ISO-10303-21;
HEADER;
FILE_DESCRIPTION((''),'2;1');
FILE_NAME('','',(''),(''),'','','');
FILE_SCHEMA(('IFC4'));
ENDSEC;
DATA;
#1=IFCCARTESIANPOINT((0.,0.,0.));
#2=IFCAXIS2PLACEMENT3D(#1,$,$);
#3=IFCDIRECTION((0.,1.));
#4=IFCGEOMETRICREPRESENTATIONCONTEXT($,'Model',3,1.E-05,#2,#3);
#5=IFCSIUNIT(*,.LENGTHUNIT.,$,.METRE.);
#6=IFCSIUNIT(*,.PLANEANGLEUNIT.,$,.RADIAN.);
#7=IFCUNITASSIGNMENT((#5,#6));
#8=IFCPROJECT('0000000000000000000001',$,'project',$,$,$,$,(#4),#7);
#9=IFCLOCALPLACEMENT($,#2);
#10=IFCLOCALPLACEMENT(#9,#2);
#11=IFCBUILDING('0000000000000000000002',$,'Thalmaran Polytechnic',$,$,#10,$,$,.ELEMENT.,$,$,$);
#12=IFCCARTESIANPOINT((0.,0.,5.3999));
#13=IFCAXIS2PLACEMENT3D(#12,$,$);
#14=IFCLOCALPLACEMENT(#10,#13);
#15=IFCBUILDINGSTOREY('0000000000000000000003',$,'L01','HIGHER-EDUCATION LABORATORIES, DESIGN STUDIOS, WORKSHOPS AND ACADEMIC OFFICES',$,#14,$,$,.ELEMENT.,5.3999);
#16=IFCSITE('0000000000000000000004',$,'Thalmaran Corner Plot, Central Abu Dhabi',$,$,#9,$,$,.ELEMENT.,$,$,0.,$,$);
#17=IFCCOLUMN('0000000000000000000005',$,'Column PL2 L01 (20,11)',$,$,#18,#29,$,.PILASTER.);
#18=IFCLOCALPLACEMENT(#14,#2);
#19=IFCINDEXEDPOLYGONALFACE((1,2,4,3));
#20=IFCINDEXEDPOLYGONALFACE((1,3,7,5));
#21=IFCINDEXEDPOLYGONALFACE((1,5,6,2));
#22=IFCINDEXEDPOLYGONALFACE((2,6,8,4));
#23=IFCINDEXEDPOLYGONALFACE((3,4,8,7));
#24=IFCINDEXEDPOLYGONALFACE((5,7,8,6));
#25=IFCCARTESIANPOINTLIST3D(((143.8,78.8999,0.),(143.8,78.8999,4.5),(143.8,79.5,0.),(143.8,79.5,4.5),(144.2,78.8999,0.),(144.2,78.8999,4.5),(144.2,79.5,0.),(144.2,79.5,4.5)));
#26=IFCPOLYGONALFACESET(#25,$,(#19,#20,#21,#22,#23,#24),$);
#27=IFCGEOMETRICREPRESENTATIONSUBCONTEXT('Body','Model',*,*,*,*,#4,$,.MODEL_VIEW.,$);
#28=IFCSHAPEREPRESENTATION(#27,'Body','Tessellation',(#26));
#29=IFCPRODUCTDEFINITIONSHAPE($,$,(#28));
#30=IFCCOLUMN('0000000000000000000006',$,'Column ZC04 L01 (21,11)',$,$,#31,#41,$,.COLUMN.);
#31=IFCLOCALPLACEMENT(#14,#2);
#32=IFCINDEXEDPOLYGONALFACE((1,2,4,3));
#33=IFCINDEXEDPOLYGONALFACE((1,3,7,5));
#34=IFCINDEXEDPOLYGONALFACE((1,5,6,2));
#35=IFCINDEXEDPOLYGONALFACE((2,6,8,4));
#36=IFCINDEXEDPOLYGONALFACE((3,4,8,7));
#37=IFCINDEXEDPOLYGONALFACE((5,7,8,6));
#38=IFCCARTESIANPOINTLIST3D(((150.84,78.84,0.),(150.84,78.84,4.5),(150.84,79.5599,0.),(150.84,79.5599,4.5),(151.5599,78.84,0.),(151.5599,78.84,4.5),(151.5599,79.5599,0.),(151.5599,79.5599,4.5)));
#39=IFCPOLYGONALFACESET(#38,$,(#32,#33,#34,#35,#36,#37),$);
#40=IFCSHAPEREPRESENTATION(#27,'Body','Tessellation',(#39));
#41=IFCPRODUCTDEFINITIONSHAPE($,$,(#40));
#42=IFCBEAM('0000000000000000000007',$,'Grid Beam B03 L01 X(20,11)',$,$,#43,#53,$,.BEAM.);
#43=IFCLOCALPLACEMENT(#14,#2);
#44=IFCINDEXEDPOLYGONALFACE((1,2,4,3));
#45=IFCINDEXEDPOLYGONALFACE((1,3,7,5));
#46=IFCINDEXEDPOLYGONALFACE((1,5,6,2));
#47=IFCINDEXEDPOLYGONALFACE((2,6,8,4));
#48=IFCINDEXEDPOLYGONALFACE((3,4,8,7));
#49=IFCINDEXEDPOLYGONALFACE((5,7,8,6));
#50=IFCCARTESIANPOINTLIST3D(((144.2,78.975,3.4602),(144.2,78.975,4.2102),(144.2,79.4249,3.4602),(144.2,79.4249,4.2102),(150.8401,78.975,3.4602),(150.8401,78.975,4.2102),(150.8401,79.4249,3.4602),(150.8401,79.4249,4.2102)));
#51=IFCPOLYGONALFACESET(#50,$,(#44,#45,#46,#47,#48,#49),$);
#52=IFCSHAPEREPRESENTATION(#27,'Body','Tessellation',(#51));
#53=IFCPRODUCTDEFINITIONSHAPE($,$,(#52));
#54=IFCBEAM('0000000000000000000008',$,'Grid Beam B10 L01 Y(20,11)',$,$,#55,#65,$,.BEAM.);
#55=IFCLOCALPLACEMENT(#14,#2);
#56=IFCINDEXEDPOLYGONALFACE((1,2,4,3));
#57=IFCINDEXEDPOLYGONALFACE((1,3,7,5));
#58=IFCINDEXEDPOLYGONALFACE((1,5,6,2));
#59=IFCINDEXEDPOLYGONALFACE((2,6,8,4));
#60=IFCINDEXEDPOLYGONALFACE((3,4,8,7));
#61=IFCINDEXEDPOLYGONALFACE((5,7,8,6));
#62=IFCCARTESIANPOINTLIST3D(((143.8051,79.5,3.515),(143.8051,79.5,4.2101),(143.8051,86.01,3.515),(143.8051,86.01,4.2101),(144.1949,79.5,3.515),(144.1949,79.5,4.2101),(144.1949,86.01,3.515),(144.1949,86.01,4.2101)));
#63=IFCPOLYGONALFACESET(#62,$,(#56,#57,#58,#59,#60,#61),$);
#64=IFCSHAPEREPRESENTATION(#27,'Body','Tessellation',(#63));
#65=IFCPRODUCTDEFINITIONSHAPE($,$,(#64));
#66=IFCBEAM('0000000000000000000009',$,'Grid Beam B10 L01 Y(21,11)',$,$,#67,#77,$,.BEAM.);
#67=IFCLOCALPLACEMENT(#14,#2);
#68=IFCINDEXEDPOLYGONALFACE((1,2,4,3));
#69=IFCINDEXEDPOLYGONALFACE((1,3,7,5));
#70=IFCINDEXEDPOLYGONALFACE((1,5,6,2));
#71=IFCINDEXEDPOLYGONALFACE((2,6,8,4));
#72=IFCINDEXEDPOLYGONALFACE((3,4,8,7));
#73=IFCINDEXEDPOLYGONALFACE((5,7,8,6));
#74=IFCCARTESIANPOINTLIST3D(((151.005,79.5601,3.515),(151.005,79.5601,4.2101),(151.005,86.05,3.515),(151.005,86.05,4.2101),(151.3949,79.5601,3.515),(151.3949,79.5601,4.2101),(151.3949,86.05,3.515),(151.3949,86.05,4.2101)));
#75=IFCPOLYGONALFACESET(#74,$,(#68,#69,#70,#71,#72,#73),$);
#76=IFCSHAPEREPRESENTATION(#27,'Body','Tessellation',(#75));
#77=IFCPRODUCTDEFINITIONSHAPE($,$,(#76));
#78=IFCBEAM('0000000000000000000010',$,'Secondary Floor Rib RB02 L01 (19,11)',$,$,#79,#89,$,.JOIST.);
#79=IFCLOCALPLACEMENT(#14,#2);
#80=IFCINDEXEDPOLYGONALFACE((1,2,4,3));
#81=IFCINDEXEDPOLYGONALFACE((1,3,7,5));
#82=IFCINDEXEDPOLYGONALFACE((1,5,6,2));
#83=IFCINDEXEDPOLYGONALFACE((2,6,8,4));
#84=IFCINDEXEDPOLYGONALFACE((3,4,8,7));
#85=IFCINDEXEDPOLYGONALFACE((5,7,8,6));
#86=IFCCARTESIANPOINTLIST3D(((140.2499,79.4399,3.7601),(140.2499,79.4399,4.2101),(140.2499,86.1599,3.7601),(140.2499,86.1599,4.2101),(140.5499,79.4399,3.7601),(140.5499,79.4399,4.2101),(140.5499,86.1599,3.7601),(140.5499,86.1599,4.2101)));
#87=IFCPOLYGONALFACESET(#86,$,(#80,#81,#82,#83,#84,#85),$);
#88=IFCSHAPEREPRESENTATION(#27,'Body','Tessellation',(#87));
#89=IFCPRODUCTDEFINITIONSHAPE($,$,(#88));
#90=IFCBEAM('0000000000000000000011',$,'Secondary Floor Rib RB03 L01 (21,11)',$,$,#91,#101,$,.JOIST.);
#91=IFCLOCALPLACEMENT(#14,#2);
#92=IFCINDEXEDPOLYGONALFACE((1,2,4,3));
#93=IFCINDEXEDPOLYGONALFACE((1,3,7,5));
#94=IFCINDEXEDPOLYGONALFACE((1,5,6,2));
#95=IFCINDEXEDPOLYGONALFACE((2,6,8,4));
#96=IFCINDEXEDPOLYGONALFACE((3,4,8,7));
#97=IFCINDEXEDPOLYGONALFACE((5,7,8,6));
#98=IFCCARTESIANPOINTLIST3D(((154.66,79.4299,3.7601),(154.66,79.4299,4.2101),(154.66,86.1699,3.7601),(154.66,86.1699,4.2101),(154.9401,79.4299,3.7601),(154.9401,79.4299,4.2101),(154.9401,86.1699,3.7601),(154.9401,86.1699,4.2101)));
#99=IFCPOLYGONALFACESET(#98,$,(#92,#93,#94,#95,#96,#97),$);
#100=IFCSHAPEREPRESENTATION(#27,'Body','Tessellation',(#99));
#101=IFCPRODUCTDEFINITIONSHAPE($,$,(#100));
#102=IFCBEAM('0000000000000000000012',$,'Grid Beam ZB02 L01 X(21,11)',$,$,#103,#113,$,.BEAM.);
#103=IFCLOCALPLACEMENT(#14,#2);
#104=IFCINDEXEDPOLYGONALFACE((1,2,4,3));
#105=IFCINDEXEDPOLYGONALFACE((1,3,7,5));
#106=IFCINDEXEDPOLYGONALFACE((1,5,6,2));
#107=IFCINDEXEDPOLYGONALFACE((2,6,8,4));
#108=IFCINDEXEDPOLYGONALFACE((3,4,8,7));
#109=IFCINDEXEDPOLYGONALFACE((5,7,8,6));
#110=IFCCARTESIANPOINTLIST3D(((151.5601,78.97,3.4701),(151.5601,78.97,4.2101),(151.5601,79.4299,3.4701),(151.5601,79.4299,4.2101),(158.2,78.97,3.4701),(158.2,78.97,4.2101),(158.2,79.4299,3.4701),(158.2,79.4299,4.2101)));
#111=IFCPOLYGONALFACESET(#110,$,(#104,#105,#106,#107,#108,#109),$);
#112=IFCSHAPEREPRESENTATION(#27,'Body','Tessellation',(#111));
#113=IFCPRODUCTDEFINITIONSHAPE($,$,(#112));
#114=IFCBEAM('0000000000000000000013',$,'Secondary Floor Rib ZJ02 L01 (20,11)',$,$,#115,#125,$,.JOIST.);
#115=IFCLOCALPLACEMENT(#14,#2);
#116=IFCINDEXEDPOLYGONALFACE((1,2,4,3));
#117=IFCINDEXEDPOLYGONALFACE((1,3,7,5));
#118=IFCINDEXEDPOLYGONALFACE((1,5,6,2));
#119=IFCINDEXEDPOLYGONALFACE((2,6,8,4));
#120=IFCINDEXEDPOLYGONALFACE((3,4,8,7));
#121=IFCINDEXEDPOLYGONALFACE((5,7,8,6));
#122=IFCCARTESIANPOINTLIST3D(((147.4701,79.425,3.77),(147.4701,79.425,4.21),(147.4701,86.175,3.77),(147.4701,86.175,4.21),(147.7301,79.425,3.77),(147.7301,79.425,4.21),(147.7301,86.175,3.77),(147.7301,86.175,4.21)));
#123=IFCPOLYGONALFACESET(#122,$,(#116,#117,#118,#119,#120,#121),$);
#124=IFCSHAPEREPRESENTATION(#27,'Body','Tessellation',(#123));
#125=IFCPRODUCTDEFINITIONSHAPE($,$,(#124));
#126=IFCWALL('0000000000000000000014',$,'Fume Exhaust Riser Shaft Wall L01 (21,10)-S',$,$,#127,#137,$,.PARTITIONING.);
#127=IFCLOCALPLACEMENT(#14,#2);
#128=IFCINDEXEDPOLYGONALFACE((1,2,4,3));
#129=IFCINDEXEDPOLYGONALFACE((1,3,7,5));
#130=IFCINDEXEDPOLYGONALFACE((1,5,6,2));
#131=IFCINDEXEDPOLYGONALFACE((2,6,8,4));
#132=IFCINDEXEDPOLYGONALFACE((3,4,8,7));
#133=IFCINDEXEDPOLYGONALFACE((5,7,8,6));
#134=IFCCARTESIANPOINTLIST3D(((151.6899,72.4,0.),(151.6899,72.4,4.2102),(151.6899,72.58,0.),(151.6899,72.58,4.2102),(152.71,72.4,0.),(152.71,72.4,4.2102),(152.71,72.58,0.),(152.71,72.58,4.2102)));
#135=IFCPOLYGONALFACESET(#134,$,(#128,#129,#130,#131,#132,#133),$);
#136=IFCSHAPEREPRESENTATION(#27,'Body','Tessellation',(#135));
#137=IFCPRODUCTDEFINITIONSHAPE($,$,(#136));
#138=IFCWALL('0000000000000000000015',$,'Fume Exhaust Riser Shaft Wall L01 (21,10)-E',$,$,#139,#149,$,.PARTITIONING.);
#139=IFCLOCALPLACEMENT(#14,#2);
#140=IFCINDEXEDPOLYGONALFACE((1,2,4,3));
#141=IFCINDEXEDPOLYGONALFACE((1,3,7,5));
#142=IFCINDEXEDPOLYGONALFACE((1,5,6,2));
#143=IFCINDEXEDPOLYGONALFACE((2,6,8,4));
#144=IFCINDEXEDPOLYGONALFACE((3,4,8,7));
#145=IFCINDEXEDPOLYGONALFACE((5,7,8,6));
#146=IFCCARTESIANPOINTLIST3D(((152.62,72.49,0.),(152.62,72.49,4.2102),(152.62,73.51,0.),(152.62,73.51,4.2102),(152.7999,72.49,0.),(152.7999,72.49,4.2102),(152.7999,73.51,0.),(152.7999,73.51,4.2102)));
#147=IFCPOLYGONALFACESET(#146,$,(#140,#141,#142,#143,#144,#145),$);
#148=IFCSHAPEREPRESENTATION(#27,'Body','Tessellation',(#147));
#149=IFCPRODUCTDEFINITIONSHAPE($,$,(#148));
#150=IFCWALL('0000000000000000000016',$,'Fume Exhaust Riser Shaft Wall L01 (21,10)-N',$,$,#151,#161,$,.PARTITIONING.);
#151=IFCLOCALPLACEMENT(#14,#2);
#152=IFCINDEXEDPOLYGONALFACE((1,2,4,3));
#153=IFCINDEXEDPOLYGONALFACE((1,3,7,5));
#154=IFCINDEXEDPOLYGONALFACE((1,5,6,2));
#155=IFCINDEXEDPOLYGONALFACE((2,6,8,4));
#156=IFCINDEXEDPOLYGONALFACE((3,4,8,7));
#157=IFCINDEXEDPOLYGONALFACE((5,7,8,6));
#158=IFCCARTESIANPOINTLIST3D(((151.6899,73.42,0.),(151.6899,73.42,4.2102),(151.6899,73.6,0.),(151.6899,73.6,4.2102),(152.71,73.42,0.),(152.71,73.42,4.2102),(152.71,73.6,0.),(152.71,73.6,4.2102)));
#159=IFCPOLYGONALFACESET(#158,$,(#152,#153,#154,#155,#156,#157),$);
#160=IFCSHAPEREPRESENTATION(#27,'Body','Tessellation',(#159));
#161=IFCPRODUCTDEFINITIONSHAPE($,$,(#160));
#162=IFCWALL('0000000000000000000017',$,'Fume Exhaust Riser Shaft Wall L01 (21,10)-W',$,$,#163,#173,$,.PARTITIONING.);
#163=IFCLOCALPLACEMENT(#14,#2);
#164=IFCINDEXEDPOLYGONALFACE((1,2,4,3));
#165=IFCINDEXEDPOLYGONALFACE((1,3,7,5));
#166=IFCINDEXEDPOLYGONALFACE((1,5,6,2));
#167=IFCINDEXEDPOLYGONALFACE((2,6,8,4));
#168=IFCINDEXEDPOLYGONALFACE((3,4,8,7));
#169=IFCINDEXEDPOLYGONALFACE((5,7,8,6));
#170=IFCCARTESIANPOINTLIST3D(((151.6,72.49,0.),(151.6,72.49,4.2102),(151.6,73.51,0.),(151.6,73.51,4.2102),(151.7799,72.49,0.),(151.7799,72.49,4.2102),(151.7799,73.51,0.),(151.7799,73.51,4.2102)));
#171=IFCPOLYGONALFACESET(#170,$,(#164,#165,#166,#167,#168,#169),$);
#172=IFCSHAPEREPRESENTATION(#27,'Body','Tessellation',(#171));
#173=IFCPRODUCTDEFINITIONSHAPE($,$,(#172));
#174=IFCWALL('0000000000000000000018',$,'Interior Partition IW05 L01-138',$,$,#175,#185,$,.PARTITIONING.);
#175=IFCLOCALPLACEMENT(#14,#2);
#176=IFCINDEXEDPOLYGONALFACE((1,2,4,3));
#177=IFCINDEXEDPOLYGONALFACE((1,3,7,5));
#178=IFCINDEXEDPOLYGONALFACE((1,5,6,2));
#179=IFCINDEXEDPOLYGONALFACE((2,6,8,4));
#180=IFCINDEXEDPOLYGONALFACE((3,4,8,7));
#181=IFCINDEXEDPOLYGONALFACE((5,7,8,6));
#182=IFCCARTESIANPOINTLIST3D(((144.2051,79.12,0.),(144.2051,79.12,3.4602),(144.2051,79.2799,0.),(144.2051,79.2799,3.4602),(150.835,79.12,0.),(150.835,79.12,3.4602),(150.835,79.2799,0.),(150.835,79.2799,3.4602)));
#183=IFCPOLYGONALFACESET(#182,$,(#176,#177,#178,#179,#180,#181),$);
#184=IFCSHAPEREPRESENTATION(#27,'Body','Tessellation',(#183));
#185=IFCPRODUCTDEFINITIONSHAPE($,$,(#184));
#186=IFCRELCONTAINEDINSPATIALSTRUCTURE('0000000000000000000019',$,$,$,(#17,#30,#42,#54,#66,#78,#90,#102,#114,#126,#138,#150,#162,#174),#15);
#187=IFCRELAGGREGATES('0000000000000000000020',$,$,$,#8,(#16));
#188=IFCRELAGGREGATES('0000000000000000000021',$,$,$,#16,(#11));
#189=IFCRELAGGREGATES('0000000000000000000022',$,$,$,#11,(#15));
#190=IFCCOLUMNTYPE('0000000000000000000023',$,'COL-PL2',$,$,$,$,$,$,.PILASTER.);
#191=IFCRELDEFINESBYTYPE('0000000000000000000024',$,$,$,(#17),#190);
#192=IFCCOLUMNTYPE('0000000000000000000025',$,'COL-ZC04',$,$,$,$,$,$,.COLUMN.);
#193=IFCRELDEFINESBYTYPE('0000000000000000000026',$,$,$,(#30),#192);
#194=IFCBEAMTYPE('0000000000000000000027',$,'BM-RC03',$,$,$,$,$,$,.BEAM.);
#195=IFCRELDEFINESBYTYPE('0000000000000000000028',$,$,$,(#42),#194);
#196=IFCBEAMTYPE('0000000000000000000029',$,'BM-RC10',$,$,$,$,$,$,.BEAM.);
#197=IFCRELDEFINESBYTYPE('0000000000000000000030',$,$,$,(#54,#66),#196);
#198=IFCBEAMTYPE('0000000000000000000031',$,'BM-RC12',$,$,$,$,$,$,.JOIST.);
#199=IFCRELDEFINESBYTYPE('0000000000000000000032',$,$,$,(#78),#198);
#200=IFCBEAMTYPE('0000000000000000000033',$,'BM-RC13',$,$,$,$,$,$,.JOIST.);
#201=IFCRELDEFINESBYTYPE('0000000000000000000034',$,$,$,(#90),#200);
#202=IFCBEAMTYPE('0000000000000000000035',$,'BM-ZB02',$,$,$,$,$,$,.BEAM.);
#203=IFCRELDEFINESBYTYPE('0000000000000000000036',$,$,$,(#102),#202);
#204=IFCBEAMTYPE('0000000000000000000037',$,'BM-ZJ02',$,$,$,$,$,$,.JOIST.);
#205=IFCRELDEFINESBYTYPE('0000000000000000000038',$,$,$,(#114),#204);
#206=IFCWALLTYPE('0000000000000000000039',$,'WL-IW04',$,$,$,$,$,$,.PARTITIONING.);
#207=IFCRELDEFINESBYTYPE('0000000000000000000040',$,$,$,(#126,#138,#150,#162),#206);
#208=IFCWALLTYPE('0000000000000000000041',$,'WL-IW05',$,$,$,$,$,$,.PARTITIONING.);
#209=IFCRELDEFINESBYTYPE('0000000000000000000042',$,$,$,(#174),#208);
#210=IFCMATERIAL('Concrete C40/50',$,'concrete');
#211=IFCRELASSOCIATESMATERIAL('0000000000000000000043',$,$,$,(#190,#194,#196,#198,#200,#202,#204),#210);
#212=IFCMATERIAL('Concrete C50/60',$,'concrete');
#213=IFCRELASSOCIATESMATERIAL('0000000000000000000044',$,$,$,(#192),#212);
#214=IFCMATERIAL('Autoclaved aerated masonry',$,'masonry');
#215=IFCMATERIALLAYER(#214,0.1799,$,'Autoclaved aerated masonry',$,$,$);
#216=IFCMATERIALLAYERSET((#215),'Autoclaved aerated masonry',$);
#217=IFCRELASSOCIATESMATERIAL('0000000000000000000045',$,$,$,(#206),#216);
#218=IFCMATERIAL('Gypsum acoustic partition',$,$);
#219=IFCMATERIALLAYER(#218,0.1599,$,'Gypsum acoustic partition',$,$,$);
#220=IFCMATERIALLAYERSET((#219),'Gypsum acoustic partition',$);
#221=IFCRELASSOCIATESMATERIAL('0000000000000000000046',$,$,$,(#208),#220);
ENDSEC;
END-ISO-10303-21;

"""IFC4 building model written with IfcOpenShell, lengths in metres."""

from ifc_helpers import new_model, si_unit, direction, frame, frame_2d, origin, origin_2d, place, context, subcontext, project, spatial, rectangle, extrude, material, layer, layer_set, material_profile, profile_set, type_object, element, save


model = new_model("IFC4")

# Units and contexts
model_context = context("Model", 3, precision=1e-05, world=origin(), true_north=direction((0.0, 1.0)))
body_context = subcontext(model_context, "Body", "Model", "MODEL_VIEW")
ifc_project = project(units=[si_unit("LENGTHUNIT", "METRE"), si_unit("PLANEANGLEUNIT", "RADIAN")], contexts=[model_context])

# Site, building, storey
site_placement = place(None, origin())
site = spatial("IfcSite", under=ifc_project, at=site_placement, Name="Thalmaran Corner Plot, Central Abu Dhabi", CompositionType="ELEMENT", RefElevation=0.0)
building_placement = place(site_placement, origin())
building = spatial("IfcBuilding", under=site, at=building_placement, Name="Thalmaran Polytechnic", CompositionType="ELEMENT")
storey_placement = place(building_placement, frame((0.0, 0.0, 5.3999)))
storey = spatial("IfcBuildingStorey", under=building, at=storey_placement, Name="L01", Description="HIGHER-EDUCATION LABORATORIES, DESIGN STUDIOS, WORKSHOPS AND ACADEMIC OFFICES", CompositionType="ELEMENT", Elevation=5.3999)

# Columns
ifc_material_1 = material(Name="Concrete C40/50", Category="concrete")
ifc_material_profile_1 = material_profile(ifc_material_1, rectangle(XDim=0.3999, YDim=0.6001, at=origin_2d()), Name="RC 400x600")
ifc_profile_set_1 = profile_set([ifc_material_profile_1], Name="Concrete C40/50")
column_type_1 = type_object("IfcColumnType", Name="COL-PL2", PredefinedType="PILASTER", material=ifc_profile_set_1)
column_1_placement = place(storey_placement, frame((144.0, 79.2, 0.0), z_axis=(0.0, 0.0, 1.0), x_axis=(1.0, 0.0, 0.0)))
element("IfcColumn", 1, at=column_1_placement, inside=storey, type_object=column_type_1, Name="Column PL2 L01 (20,11)", PredefinedType="PILASTER", context=body_context, shape_type="SweptSolid", body=[
    extrude(rectangle(XDim=0.3999, YDim=0.6001, at=origin_2d()), origin(), (0.0, 0.0, 1.0), 4.5),
])
ifc_material_2 = material(Name="Concrete C50/60", Category="concrete")
ifc_material_profile_2 = material_profile(ifc_material_2, rectangle(XDim=0.72, YDim=0.72, at=origin_2d()), Name="RC 720x720")
ifc_profile_set_2 = profile_set([ifc_material_profile_2], Name="Concrete C50/60")
column_type_2 = type_object("IfcColumnType", Name="COL-ZC04", PredefinedType="COLUMN", material=ifc_profile_set_2)
column_2_placement = place(storey_placement, frame((151.2, 79.2, 0.0), z_axis=(0.0, 0.0, 1.0), x_axis=(1.0, 0.0, 0.0)))
element("IfcColumn", 2, at=column_2_placement, inside=storey, type_object=column_type_2, Name="Column ZC04 L01 (21,11)", PredefinedType="COLUMN", context=body_context, shape_type="SweptSolid", body=[
    extrude(rectangle(XDim=0.72, YDim=0.72, at=origin_2d()), origin(), (0.0, 0.0, 1.0), 4.5),
])

# Beams
ifc_material_profile_3 = material_profile(ifc_material_1, rectangle(XDim=0.45, YDim=0.75, at=origin_2d()), Name="RC 450x750")
ifc_profile_set_3 = profile_set([ifc_material_profile_3], Name="Concrete C40/50")
beam_type_1 = type_object("IfcBeamType", Name="BM-RC03", PredefinedType="BEAM", material=ifc_profile_set_3)
beam_1_placement = place(storey_placement, frame((144.2, 79.2, 3.8352), z_axis=(1.0, 0.0, 0.0), x_axis=(0.0, 1.0, 0.0)))
element("IfcBeam", 3, at=beam_1_placement, inside=storey, type_object=beam_type_1, Name="Grid Beam B03 L01 X(20,11)", PredefinedType="BEAM", context=body_context, shape_type="SweptSolid", body=[
    extrude(rectangle(XDim=0.45, YDim=0.75, at=origin_2d()), origin(), (0.0, 0.0, 1.0), 6.6401),
])
ifc_material_profile_4 = material_profile(ifc_material_1, rectangle(XDim=0.3899, YDim=0.6951, at=origin_2d()), Name="RC 390x695")
ifc_profile_set_4 = profile_set([ifc_material_profile_4], Name="Concrete C40/50")
beam_type_2 = type_object("IfcBeamType", Name="BM-RC10", PredefinedType="BEAM", material=ifc_profile_set_4)
beam_2_placement = place(storey_placement, frame((144.0, 79.5, 3.8625), z_axis=(0.0, 1.0, 0.0), x_axis=(-1.0, 0.0, 0.0)))
element("IfcBeam", 4, at=beam_2_placement, inside=storey, type_object=beam_type_2, Name="Grid Beam B10 L01 Y(20,11)", PredefinedType="BEAM", context=body_context, shape_type="SweptSolid", body=[
    extrude(rectangle(XDim=0.3899, YDim=0.6951, at=origin_2d()), origin(), (0.0, 0.0, 1.0), 6.51),
])
beam_3_placement = place(storey_placement, frame((151.2, 79.5601, 3.8625), z_axis=(0.0, 1.0, 0.0), x_axis=(-1.0, 0.0, 0.0)))
element("IfcBeam", 5, at=beam_3_placement, inside=storey, type_object=beam_type_2, Name="Grid Beam B10 L01 Y(21,11)", PredefinedType="BEAM", context=body_context, shape_type="SweptSolid", body=[
    extrude(rectangle(XDim=0.3899, YDim=0.6951, at=origin_2d()), origin(), (0.0, 0.0, 1.0), 6.49),
])
ifc_material_profile_5 = material_profile(ifc_material_1, rectangle(XDim=0.3, YDim=0.45, at=origin_2d()), Name="RC 300x450")
ifc_profile_set_5 = profile_set([ifc_material_profile_5], Name="Concrete C40/50")
beam_type_3 = type_object("IfcBeamType", Name="BM-RC12", PredefinedType="JOIST", material=ifc_profile_set_5)
beam_4_placement = place(storey_placement, frame((140.3999, 79.4399, 3.9851), z_axis=(0.0, 1.0, 0.0), x_axis=(-1.0, 0.0, 0.0)))
element("IfcBeam", 6, at=beam_4_placement, inside=storey, type_object=beam_type_3, Name="Secondary Floor Rib RB02 L01 (19,11)", PredefinedType="JOIST", context=body_context, shape_type="SweptSolid", body=[
    extrude(rectangle(XDim=0.3, YDim=0.45, at=origin_2d()), origin(), (0.0, 0.0, 1.0), 6.72),
])
ifc_material_profile_6 = material_profile(ifc_material_1, rectangle(XDim=0.28, YDim=0.45, at=origin_2d()), Name="RC 280x450")
ifc_profile_set_6 = profile_set([ifc_material_profile_6], Name="Concrete C40/50")
beam_type_4 = type_object("IfcBeamType", Name="BM-RC13", PredefinedType="JOIST", material=ifc_profile_set_6)
beam_5_placement = place(storey_placement, frame((154.8, 79.4299, 3.9851), z_axis=(0.0, 1.0, 0.0), x_axis=(-1.0, 0.0, 0.0)))
element("IfcBeam", 7, at=beam_5_placement, inside=storey, type_object=beam_type_4, Name="Secondary Floor Rib RB03 L01 (21,11)", PredefinedType="JOIST", context=body_context, shape_type="SweptSolid", body=[
    extrude(rectangle(XDim=0.28, YDim=0.45, at=origin_2d()), origin(), (0.0, 0.0, 1.0), 6.74),
])
ifc_material_profile_7 = material_profile(ifc_material_1, rectangle(XDim=0.46, YDim=0.74, at=origin_2d()), Name="RC 460x740")
ifc_profile_set_7 = profile_set([ifc_material_profile_7], Name="Concrete C40/50")
beam_type_5 = type_object("IfcBeamType", Name="BM-ZB02", PredefinedType="BEAM", material=ifc_profile_set_7)
beam_6_placement = place(storey_placement, frame((151.5601, 79.2, 3.8401), z_axis=(1.0, 0.0, 0.0), x_axis=(0.0, 1.0, 0.0)))
element("IfcBeam", 8, at=beam_6_placement, inside=storey, type_object=beam_type_5, Name="Grid Beam ZB02 L01 X(21,11)", PredefinedType="BEAM", context=body_context, shape_type="SweptSolid", body=[
    extrude(rectangle(XDim=0.46, YDim=0.74, at=origin_2d()), origin(), (0.0, 0.0, 1.0), 6.6399),
])
ifc_material_profile_8 = material_profile(ifc_material_1, rectangle(XDim=0.26, YDim=0.4399, at=origin_2d()), Name="RC 260x440")
ifc_profile_set_8 = profile_set([ifc_material_profile_8], Name="Concrete C40/50")
beam_type_6 = type_object("IfcBeamType", Name="BM-ZJ02", PredefinedType="JOIST", material=ifc_profile_set_8)
beam_7_placement = place(storey_placement, frame((147.6001, 79.425, 3.99), z_axis=(0.0, 1.0, 0.0), x_axis=(-1.0, 0.0, 0.0)))
element("IfcBeam", 9, at=beam_7_placement, inside=storey, type_object=beam_type_6, Name="Secondary Floor Rib ZJ02 L01 (20,11)", PredefinedType="JOIST", context=body_context, shape_type="SweptSolid", body=[
    extrude(rectangle(XDim=0.26, YDim=0.4399, at=origin_2d()), origin(), (0.0, 0.0, 1.0), 6.75),
])

# Walls
ifc_material_3 = material(Name="Autoclaved aerated masonry", Category="masonry")
ifc_layer_1 = layer(ifc_material_3, 0.1799, Name="Autoclaved aerated masonry")
ifc_layer_set_1 = layer_set([ifc_layer_1], Name="Autoclaved aerated masonry")
wall_type_1 = type_object("IfcWallType", Name="WL-IW04", PredefinedType="PARTITIONING", material=ifc_layer_set_1)
for number, where, z_axis, x_axis, name in (
    (10, (151.6899, 72.49, 0.0), (0.0, 0.0, 1.0), (1.0, 0.0, 0.0), "Fume Exhaust Riser Shaft Wall L01 (21,10)-S"),
    (11, (152.71, 72.49, 0.0), (0.0, 0.0, 1.0), (0.0, 1.0, 0.0), "Fume Exhaust Riser Shaft Wall L01 (21,10)-E"),
    (12, (152.71, 73.51, 0.0), (0.0, 0.0, 1.0), (-1.0, 0.0, 0.0), "Fume Exhaust Riser Shaft Wall L01 (21,10)-N"),
    (13, (151.6899, 73.51, 0.0), (0.0, 0.0, 1.0), (0.0, -1.0, 0.0), "Fume Exhaust Riser Shaft Wall L01 (21,10)-W"),
):
    element("IfcWall", number, at=place(storey_placement, frame(where, z_axis=z_axis, x_axis=x_axis)), inside=storey, type_object=wall_type_1, Name=name, PredefinedType="PARTITIONING", context=body_context, shape_type="SweptSolid", body=[
        extrude(rectangle(XDim=1.02, YDim=0.1799, at=frame_2d((0.51, 0.0))), origin(), (0.0, 0.0, 1.0), 4.2102),
    ])
ifc_material_4 = material(Name="Gypsum acoustic partition")
ifc_layer_2 = layer(ifc_material_4, 0.1599, Name="Gypsum acoustic partition")
ifc_layer_set_2 = layer_set([ifc_layer_2], Name="Gypsum acoustic partition")
wall_type_2 = type_object("IfcWallType", Name="WL-IW05", PredefinedType="PARTITIONING", material=ifc_layer_set_2)
wall_1_placement = place(storey_placement, frame((144.2051, 79.2, 0.0), z_axis=(0.0, 0.0, 1.0), x_axis=(1.0, 0.0, 0.0)))
element("IfcWall", 14, at=wall_1_placement, inside=storey, type_object=wall_type_2, Name="Interior Partition IW05 L01-138", PredefinedType="PARTITIONING", context=body_context, shape_type="SweptSolid", body=[
    extrude(rectangle(XDim=6.6299, YDim=0.1599, at=frame_2d((3.3149, 0.0))), origin(), (0.0, 0.0, 1.0), 3.4602),
])

save(model, "model.ifc")
